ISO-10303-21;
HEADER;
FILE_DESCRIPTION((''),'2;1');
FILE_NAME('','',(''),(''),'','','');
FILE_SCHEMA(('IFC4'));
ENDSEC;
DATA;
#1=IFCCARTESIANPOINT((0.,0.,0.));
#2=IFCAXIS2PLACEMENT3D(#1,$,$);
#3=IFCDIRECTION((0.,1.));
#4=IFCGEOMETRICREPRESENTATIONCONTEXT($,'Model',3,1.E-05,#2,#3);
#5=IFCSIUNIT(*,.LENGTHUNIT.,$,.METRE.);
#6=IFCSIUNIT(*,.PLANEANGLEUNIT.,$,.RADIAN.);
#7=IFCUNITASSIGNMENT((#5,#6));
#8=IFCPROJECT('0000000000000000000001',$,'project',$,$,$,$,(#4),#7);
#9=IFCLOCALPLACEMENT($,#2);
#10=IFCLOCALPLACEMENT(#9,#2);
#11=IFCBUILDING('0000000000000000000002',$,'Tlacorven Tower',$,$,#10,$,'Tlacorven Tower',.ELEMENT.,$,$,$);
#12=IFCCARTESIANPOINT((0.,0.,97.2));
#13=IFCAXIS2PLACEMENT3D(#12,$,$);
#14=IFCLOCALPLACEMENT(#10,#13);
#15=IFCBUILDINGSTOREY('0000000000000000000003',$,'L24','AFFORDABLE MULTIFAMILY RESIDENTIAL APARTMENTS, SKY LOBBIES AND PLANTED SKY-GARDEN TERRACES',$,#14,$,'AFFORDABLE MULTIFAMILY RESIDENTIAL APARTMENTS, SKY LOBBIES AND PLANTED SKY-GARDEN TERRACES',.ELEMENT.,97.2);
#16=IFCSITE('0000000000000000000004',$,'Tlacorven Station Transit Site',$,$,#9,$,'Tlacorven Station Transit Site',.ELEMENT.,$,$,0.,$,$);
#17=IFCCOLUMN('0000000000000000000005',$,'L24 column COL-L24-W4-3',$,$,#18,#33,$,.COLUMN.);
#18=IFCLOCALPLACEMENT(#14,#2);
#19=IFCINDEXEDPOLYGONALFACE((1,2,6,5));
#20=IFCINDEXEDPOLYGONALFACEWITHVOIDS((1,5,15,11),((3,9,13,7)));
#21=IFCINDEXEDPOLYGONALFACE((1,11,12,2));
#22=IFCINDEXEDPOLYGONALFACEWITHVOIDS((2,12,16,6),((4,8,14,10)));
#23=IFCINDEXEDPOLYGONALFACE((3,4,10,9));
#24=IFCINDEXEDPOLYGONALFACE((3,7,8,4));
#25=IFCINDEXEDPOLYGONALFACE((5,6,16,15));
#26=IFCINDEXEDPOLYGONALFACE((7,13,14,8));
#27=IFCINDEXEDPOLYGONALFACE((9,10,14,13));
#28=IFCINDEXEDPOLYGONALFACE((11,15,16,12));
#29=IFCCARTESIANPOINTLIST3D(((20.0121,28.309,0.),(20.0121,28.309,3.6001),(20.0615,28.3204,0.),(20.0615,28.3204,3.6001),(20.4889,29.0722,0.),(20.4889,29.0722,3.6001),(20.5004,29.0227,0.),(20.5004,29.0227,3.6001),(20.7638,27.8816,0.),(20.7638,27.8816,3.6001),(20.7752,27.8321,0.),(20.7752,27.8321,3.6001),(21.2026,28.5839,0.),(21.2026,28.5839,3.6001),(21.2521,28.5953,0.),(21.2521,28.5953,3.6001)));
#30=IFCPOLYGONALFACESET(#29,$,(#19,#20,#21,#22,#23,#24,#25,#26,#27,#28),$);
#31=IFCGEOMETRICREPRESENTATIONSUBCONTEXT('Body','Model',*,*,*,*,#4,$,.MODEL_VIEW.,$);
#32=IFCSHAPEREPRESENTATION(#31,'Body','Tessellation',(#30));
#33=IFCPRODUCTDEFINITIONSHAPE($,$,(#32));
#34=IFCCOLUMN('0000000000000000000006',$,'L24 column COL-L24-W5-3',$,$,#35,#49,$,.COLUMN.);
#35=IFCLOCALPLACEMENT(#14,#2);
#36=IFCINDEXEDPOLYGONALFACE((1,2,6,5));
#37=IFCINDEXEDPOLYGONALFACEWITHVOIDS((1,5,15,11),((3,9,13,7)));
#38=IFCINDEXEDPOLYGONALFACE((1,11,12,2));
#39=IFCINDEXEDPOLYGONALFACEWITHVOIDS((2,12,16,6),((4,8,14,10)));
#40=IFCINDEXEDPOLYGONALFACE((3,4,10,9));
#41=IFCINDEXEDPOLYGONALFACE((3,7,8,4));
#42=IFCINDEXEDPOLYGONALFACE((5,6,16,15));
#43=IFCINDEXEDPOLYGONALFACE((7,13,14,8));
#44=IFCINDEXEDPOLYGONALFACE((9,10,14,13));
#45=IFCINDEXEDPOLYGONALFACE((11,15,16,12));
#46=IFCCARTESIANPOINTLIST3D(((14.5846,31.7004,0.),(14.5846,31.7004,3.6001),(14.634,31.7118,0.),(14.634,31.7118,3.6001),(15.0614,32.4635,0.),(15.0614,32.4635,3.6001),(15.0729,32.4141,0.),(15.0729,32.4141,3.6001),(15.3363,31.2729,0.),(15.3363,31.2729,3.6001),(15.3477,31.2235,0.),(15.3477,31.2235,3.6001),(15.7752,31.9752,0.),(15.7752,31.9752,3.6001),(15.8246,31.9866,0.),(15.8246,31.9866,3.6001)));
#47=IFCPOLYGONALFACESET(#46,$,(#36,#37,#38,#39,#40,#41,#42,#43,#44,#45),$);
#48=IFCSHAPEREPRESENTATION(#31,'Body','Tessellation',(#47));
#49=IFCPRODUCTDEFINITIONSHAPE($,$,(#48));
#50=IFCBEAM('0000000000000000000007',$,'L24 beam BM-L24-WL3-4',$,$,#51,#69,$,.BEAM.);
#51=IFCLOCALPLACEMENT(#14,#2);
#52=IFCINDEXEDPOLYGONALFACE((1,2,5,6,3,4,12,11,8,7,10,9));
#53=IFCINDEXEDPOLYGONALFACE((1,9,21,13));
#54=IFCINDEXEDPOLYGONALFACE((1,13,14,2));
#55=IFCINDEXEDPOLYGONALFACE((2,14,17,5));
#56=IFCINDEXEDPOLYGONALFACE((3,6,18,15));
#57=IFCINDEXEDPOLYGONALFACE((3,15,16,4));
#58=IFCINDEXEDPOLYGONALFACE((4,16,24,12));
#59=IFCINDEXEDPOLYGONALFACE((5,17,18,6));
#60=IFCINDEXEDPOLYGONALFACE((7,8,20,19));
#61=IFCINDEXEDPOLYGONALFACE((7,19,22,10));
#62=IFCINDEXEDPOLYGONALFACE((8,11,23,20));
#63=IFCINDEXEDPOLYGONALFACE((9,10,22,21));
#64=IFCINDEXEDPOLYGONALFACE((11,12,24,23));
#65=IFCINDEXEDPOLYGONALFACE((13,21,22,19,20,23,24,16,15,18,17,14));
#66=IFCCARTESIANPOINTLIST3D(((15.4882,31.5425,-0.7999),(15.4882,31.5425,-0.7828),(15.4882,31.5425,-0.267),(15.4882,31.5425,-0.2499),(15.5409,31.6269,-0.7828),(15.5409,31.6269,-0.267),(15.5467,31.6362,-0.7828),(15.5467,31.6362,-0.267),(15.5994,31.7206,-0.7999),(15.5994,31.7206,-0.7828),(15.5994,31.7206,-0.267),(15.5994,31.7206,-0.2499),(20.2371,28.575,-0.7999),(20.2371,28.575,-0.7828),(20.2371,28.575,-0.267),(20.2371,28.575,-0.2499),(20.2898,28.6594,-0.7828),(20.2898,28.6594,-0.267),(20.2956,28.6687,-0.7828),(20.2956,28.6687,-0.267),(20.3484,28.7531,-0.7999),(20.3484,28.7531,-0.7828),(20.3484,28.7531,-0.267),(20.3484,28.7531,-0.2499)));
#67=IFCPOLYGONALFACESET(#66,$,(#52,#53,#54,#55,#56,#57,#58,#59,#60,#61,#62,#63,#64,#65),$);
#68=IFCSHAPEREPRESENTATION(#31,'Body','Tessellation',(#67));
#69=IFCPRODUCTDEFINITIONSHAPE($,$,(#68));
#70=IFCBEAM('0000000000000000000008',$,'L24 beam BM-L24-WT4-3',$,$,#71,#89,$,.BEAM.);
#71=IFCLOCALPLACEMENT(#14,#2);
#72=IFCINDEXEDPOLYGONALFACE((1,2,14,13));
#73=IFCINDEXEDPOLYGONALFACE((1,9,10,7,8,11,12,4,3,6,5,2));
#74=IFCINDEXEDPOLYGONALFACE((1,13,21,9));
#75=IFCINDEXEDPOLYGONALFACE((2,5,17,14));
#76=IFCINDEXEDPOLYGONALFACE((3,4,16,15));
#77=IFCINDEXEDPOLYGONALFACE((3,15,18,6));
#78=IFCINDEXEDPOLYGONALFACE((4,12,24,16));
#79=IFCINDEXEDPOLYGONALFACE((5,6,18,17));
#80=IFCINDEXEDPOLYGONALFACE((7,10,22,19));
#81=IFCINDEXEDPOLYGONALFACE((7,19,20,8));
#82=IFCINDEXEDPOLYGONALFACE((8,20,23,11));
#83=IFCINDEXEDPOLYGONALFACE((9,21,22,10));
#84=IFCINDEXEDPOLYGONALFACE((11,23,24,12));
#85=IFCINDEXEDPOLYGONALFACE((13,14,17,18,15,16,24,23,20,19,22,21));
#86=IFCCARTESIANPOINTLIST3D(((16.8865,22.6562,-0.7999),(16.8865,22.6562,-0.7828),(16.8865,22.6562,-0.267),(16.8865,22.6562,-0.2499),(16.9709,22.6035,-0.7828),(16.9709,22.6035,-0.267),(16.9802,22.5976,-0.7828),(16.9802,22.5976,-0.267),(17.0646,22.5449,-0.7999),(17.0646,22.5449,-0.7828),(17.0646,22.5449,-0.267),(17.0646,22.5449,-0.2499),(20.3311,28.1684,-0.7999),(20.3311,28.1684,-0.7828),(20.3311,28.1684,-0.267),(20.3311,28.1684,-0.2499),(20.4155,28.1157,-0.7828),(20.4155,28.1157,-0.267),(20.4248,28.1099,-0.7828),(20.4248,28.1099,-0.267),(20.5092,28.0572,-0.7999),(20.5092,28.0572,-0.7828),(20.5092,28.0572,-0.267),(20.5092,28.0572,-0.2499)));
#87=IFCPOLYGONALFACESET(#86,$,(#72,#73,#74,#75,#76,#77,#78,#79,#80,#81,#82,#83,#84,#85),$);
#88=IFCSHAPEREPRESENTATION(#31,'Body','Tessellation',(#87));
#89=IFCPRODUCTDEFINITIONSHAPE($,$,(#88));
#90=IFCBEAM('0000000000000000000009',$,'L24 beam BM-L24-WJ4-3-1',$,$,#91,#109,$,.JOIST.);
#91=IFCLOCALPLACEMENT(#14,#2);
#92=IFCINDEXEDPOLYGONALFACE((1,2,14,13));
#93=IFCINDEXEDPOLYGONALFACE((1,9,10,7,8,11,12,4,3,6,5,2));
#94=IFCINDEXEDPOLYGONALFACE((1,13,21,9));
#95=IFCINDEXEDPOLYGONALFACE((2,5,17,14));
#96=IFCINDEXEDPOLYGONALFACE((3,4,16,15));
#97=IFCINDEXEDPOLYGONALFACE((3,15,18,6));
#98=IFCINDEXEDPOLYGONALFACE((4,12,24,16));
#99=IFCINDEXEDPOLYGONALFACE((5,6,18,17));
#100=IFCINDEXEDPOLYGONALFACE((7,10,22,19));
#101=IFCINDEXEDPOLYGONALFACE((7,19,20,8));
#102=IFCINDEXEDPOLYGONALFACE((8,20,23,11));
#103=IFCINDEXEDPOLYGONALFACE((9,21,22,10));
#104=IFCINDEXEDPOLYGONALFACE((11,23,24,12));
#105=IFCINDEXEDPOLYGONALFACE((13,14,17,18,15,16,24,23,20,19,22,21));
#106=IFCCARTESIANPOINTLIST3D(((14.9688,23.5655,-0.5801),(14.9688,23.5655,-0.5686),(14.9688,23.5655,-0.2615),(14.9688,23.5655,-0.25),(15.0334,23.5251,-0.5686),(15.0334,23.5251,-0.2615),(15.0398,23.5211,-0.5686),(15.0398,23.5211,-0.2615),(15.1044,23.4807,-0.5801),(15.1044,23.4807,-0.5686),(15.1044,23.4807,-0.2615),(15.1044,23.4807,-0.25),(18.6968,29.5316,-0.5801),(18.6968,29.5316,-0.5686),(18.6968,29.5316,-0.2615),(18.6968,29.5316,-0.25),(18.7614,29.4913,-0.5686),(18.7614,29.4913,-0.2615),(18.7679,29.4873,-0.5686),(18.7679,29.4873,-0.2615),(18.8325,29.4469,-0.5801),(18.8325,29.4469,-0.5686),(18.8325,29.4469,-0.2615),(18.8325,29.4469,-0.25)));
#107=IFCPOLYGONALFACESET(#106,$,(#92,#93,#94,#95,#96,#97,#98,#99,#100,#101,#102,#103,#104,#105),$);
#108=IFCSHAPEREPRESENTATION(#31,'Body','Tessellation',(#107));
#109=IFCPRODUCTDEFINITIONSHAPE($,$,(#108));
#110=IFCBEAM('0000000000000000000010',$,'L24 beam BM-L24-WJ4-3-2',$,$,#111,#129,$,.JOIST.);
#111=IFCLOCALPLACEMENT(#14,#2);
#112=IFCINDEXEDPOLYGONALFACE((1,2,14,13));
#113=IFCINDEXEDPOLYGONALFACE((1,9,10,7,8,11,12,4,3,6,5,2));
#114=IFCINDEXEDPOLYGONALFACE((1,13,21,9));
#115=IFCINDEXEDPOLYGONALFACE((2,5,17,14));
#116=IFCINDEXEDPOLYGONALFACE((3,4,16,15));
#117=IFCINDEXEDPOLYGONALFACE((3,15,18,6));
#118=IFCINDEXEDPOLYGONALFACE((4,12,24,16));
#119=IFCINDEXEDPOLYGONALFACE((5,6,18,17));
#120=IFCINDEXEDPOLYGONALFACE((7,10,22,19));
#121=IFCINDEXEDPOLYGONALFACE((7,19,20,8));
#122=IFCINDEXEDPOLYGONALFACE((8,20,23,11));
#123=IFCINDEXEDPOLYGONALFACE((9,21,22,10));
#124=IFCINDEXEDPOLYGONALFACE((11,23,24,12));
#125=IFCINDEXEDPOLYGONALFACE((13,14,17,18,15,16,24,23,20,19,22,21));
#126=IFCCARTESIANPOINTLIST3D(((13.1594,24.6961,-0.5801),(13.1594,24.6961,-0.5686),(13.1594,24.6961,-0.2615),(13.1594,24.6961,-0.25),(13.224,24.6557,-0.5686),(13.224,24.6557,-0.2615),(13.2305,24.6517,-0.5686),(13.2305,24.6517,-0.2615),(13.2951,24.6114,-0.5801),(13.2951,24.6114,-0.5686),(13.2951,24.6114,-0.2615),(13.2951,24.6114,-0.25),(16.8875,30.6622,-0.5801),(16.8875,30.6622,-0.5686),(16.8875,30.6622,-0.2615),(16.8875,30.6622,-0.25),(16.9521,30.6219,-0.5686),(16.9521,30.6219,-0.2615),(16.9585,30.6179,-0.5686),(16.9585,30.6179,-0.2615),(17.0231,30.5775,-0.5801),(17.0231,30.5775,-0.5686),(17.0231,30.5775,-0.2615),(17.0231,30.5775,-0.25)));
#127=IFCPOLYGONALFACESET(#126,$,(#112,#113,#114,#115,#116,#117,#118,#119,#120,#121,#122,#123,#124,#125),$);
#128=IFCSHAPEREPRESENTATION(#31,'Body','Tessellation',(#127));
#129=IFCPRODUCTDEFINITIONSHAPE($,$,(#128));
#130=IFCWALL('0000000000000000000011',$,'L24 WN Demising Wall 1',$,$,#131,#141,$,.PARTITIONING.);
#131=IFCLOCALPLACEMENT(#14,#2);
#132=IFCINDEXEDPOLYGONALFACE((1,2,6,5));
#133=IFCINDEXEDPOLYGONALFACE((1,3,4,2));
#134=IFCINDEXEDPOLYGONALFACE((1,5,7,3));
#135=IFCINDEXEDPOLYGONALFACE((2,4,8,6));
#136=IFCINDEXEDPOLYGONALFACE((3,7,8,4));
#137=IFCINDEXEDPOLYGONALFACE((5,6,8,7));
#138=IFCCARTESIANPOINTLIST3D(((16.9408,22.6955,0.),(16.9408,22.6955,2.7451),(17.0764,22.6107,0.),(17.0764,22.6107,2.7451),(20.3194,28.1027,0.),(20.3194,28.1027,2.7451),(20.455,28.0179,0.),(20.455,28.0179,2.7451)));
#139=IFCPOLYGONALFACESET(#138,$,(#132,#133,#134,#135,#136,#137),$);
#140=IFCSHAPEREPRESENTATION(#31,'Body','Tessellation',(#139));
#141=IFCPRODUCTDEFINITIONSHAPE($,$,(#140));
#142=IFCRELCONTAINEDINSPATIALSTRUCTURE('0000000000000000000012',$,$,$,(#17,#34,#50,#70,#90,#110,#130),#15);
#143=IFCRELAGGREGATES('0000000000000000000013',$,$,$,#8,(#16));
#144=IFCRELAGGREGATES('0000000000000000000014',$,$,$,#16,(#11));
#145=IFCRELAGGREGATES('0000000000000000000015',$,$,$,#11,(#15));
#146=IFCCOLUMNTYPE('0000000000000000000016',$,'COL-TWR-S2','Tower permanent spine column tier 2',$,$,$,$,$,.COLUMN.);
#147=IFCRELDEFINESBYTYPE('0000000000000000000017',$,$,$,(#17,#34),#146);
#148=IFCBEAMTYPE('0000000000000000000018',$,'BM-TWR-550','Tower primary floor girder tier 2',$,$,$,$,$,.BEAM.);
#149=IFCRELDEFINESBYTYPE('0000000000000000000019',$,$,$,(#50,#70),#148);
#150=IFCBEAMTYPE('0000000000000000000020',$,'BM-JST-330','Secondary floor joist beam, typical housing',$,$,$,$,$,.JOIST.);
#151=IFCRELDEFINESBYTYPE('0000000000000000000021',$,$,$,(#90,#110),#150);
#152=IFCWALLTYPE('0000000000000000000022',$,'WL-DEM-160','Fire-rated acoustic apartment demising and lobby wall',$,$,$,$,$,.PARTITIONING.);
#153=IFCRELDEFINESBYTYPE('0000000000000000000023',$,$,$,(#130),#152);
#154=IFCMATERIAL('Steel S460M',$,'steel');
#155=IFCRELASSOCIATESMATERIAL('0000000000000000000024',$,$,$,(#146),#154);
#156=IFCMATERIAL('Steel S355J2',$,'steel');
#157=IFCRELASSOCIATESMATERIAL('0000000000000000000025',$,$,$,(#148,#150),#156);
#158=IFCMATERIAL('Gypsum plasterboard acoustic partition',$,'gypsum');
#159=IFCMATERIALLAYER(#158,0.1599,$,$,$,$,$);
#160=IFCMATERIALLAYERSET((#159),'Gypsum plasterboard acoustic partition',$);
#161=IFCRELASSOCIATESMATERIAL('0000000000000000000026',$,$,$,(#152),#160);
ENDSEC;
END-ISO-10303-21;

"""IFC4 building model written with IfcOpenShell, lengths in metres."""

from ifc_helpers import new_model, si_unit, direction, frame, frame_2d, origin, origin_2d, place, context, subcontext, project, spatial, rectangle, hollow_rectangle, i_section, extrude, source, transform, mapped, material, layer, layer_set, material_profile, profile_set, type_object, element, save


model = new_model("IFC4")

# Units and contexts
model_context = context("Model", 3, precision=1e-05, world=origin(), true_north=direction((0.0, 1.0)))
body_context = subcontext(model_context, "Body", "Model", "MODEL_VIEW")
ifc_project = project(units=[si_unit("LENGTHUNIT", "METRE"), si_unit("PLANEANGLEUNIT", "RADIAN")], contexts=[model_context])

# Site, building, storey
site_placement = place(None, origin())
site = spatial("IfcSite", under=ifc_project, at=site_placement, Name="Tlacorven Station Transit Site", LongName="Tlacorven Station Transit Site", CompositionType="ELEMENT", RefElevation=0.0)
building_placement = place(site_placement, origin())
building = spatial("IfcBuilding", under=site, at=building_placement, Name="Tlacorven Tower", LongName="Tlacorven Tower", CompositionType="ELEMENT")
storey_placement = place(building_placement, frame((0.0, 0.0, 97.2)))
storey = spatial("IfcBuildingStorey", under=building, at=storey_placement, Name="L24", Description="AFFORDABLE MULTIFAMILY RESIDENTIAL APARTMENTS, SKY LOBBIES AND PLANTED SKY-GARDEN TERRACES", LongName="AFFORDABLE MULTIFAMILY RESIDENTIAL APARTMENTS, SKY LOBBIES AND PLANTED SKY-GARDEN TERRACES", CompositionType="ELEMENT", Elevation=97.2)

# Columns
ifc_material_1 = material(Name="Steel S460M", Category="steel")
ifc_material_profile_1 = material_profile(ifc_material_1, hollow_rectangle(XDim=0.8999, YDim=0.8999, WallThickness=0.0359, at=origin_2d()), Name="BOX 900X900X36")
ifc_profile_set_1 = profile_set([ifc_material_profile_1], Name="Steel S460M")
column_type = type_object("IfcColumnType", Name="COL-TWR-S2", Description="Tower permanent spine column tier 2", PredefinedType="COLUMN", material=ifc_profile_set_1)
shared_shape_1 = source(origin(), body_context, "Body", "SweptSolid", [
    extrude(hollow_rectangle(XDim=0.8999, YDim=0.8999, WallThickness=0.0359, at=origin_2d()), origin(), (0.0, 0.0, 1.0), 3.6001),
])
for number, where, z_axis, x_axis, name in (
    (1, (20.6321, 28.4521, 0.0), (0.0, 0.0, 1.0), (-0.848048, 0.529919, 0.0), "L24 column COL-L24-W4-3"),
    (2, (15.2046, 31.8435, 0.0), (0.0, 0.0, 1.0), (-0.848048, 0.529919, 0.0), "L24 column COL-L24-W5-3"),
):
    element("IfcColumn", number, at=place(storey_placement, frame(where, z_axis=z_axis, x_axis=x_axis)), inside=storey, type_object=column_type, Name=name, PredefinedType="COLUMN", context=body_context, shape_type="MappedRepresentation", body=[
        mapped(shared_shape_1, transform((0.0, 0.0, 0.0), scale=1.0)),
    ])

# Beams
ifc_material_2 = material(Name="Steel S355J2", Category="steel")
ifc_material_profile_2 = material_profile(ifc_material_2, i_section(OverallWidth=0.21, OverallDepth=0.55, WebThickness=0.011, FlangeThickness=0.0171, at=origin_2d()), Name="IPE 550")
ifc_profile_set_2 = profile_set([ifc_material_profile_2], Name="Steel S355J2")
beam_type_1 = type_object("IfcBeamType", Name="BM-TWR-550", Description="Tower primary floor girder tier 2", PredefinedType="BEAM", material=ifc_profile_set_2)
shared_shape_2 = source(origin(), body_context, "Body", "SweptSolid", [
    extrude(i_section(OverallWidth=0.21, OverallDepth=0.55, WebThickness=0.011, FlangeThickness=0.0171, at=origin_2d()), origin(), (0.0, 0.0, 1.0), 5.5999),
])
beam_1_placement = place(storey_placement, frame((20.2927, 28.6641, -0.5249), z_axis=(-0.848047, 0.529921, 0.0), x_axis=(-0.529921, -0.848047, 0.0)))
element("IfcBeam", 3, at=beam_1_placement, inside=storey, type_object=beam_type_1, Name="L24 beam BM-L24-WL3-4", PredefinedType="BEAM", context=body_context, shape_type="MappedRepresentation", body=[
    mapped(shared_shape_2, transform((0.0, 0.0, 0.0), scale=1.0)),
])
shared_shape_3 = source(origin(), body_context, "Body", "SweptSolid", [
    extrude(i_section(OverallWidth=0.21, OverallDepth=0.55, WebThickness=0.011, FlangeThickness=0.0171, at=origin_2d()), origin(), (0.0, 0.0, 1.0), 6.5),
])
beam_2_placement = place(storey_placement, frame((20.4202, 28.1128, -0.5249), z_axis=(-0.529938, -0.848036, 0.0), x_axis=(0.848036, -0.529938, 0.0)))
element("IfcBeam", 4, at=beam_2_placement, inside=storey, type_object=beam_type_1, Name="L24 beam BM-L24-WT4-3", PredefinedType="BEAM", context=body_context, shape_type="MappedRepresentation", body=[
    mapped(shared_shape_3, transform((0.0, 0.0, 0.0), scale=1.0)),
])
ifc_material_profile_3 = material_profile(ifc_material_2, i_section(OverallWidth=0.1599, OverallDepth=0.3301, WebThickness=0.0076, FlangeThickness=0.0115, at=origin_2d()), Name="IPE 330")
ifc_profile_set_3 = profile_set([ifc_material_profile_3], Name="Steel S355J2")
beam_type_2 = type_object("IfcBeamType", Name="BM-JST-330", Description="Secondary floor joist beam, typical housing", PredefinedType="JOIST", material=ifc_profile_set_3)
shared_shape_4 = source(origin(), body_context, "Body", "SweptSolid", [
    extrude(i_section(OverallWidth=0.1599, OverallDepth=0.3301, WebThickness=0.0076, FlangeThickness=0.0115, at=origin_2d()), origin(), (0.0, 0.0, 1.0), 7.0352),
])
for number, where, z_axis, x_axis, name in (
    (5, (18.7646, 29.4893, -0.415), (-0.529921, -0.848047, 0.0), (0.848047, -0.529921, 0.0), "L24 beam BM-L24-WJ4-3-1"),
    (6, (16.9553, 30.6199, -0.415), (-0.529921, -0.848047, 0.0), (0.848047, -0.529921, 0.0), "L24 beam BM-L24-WJ4-3-2"),
):
    element("IfcBeam", number, at=place(storey_placement, frame(where, z_axis=z_axis, x_axis=x_axis)), inside=storey, type_object=beam_type_2, Name=name, PredefinedType="JOIST", context=body_context, shape_type="MappedRepresentation", body=[
        mapped(shared_shape_4, transform((0.0, 0.0, 0.0), scale=1.0)),
    ])

# Wall
ifc_material_3 = material(Name="Gypsum plasterboard acoustic partition", Category="gypsum")
ifc_layer_1 = layer(ifc_material_3, 0.1599)
ifc_layer_set_1 = layer_set([ifc_layer_1], Name="Gypsum plasterboard acoustic partition")
wall_type_1 = type_object("IfcWallType", Name="WL-DEM-160", Description="Fire-rated acoustic apartment demising and lobby wall", PredefinedType="PARTITIONING", material=ifc_layer_set_1)
wall_1_placement = place(storey_placement, frame((20.3872, 28.0603, 0.0), z_axis=(0.0, 0.0, 1.0), x_axis=(-0.529903, -0.848059, 0.0)))
element("IfcWall", 7, at=wall_1_placement, inside=storey, type_object=wall_type_1, Name="L24 WN Demising Wall 1", PredefinedType="PARTITIONING", context=body_context, shape_type="SweptSolid", body=[
    extrude(rectangle(XDim=6.376, YDim=0.1599, at=frame_2d((3.188, 0.0))), origin(), (0.0, 0.0, 1.0), 2.7451),
])

save(model, "model.ifc")
